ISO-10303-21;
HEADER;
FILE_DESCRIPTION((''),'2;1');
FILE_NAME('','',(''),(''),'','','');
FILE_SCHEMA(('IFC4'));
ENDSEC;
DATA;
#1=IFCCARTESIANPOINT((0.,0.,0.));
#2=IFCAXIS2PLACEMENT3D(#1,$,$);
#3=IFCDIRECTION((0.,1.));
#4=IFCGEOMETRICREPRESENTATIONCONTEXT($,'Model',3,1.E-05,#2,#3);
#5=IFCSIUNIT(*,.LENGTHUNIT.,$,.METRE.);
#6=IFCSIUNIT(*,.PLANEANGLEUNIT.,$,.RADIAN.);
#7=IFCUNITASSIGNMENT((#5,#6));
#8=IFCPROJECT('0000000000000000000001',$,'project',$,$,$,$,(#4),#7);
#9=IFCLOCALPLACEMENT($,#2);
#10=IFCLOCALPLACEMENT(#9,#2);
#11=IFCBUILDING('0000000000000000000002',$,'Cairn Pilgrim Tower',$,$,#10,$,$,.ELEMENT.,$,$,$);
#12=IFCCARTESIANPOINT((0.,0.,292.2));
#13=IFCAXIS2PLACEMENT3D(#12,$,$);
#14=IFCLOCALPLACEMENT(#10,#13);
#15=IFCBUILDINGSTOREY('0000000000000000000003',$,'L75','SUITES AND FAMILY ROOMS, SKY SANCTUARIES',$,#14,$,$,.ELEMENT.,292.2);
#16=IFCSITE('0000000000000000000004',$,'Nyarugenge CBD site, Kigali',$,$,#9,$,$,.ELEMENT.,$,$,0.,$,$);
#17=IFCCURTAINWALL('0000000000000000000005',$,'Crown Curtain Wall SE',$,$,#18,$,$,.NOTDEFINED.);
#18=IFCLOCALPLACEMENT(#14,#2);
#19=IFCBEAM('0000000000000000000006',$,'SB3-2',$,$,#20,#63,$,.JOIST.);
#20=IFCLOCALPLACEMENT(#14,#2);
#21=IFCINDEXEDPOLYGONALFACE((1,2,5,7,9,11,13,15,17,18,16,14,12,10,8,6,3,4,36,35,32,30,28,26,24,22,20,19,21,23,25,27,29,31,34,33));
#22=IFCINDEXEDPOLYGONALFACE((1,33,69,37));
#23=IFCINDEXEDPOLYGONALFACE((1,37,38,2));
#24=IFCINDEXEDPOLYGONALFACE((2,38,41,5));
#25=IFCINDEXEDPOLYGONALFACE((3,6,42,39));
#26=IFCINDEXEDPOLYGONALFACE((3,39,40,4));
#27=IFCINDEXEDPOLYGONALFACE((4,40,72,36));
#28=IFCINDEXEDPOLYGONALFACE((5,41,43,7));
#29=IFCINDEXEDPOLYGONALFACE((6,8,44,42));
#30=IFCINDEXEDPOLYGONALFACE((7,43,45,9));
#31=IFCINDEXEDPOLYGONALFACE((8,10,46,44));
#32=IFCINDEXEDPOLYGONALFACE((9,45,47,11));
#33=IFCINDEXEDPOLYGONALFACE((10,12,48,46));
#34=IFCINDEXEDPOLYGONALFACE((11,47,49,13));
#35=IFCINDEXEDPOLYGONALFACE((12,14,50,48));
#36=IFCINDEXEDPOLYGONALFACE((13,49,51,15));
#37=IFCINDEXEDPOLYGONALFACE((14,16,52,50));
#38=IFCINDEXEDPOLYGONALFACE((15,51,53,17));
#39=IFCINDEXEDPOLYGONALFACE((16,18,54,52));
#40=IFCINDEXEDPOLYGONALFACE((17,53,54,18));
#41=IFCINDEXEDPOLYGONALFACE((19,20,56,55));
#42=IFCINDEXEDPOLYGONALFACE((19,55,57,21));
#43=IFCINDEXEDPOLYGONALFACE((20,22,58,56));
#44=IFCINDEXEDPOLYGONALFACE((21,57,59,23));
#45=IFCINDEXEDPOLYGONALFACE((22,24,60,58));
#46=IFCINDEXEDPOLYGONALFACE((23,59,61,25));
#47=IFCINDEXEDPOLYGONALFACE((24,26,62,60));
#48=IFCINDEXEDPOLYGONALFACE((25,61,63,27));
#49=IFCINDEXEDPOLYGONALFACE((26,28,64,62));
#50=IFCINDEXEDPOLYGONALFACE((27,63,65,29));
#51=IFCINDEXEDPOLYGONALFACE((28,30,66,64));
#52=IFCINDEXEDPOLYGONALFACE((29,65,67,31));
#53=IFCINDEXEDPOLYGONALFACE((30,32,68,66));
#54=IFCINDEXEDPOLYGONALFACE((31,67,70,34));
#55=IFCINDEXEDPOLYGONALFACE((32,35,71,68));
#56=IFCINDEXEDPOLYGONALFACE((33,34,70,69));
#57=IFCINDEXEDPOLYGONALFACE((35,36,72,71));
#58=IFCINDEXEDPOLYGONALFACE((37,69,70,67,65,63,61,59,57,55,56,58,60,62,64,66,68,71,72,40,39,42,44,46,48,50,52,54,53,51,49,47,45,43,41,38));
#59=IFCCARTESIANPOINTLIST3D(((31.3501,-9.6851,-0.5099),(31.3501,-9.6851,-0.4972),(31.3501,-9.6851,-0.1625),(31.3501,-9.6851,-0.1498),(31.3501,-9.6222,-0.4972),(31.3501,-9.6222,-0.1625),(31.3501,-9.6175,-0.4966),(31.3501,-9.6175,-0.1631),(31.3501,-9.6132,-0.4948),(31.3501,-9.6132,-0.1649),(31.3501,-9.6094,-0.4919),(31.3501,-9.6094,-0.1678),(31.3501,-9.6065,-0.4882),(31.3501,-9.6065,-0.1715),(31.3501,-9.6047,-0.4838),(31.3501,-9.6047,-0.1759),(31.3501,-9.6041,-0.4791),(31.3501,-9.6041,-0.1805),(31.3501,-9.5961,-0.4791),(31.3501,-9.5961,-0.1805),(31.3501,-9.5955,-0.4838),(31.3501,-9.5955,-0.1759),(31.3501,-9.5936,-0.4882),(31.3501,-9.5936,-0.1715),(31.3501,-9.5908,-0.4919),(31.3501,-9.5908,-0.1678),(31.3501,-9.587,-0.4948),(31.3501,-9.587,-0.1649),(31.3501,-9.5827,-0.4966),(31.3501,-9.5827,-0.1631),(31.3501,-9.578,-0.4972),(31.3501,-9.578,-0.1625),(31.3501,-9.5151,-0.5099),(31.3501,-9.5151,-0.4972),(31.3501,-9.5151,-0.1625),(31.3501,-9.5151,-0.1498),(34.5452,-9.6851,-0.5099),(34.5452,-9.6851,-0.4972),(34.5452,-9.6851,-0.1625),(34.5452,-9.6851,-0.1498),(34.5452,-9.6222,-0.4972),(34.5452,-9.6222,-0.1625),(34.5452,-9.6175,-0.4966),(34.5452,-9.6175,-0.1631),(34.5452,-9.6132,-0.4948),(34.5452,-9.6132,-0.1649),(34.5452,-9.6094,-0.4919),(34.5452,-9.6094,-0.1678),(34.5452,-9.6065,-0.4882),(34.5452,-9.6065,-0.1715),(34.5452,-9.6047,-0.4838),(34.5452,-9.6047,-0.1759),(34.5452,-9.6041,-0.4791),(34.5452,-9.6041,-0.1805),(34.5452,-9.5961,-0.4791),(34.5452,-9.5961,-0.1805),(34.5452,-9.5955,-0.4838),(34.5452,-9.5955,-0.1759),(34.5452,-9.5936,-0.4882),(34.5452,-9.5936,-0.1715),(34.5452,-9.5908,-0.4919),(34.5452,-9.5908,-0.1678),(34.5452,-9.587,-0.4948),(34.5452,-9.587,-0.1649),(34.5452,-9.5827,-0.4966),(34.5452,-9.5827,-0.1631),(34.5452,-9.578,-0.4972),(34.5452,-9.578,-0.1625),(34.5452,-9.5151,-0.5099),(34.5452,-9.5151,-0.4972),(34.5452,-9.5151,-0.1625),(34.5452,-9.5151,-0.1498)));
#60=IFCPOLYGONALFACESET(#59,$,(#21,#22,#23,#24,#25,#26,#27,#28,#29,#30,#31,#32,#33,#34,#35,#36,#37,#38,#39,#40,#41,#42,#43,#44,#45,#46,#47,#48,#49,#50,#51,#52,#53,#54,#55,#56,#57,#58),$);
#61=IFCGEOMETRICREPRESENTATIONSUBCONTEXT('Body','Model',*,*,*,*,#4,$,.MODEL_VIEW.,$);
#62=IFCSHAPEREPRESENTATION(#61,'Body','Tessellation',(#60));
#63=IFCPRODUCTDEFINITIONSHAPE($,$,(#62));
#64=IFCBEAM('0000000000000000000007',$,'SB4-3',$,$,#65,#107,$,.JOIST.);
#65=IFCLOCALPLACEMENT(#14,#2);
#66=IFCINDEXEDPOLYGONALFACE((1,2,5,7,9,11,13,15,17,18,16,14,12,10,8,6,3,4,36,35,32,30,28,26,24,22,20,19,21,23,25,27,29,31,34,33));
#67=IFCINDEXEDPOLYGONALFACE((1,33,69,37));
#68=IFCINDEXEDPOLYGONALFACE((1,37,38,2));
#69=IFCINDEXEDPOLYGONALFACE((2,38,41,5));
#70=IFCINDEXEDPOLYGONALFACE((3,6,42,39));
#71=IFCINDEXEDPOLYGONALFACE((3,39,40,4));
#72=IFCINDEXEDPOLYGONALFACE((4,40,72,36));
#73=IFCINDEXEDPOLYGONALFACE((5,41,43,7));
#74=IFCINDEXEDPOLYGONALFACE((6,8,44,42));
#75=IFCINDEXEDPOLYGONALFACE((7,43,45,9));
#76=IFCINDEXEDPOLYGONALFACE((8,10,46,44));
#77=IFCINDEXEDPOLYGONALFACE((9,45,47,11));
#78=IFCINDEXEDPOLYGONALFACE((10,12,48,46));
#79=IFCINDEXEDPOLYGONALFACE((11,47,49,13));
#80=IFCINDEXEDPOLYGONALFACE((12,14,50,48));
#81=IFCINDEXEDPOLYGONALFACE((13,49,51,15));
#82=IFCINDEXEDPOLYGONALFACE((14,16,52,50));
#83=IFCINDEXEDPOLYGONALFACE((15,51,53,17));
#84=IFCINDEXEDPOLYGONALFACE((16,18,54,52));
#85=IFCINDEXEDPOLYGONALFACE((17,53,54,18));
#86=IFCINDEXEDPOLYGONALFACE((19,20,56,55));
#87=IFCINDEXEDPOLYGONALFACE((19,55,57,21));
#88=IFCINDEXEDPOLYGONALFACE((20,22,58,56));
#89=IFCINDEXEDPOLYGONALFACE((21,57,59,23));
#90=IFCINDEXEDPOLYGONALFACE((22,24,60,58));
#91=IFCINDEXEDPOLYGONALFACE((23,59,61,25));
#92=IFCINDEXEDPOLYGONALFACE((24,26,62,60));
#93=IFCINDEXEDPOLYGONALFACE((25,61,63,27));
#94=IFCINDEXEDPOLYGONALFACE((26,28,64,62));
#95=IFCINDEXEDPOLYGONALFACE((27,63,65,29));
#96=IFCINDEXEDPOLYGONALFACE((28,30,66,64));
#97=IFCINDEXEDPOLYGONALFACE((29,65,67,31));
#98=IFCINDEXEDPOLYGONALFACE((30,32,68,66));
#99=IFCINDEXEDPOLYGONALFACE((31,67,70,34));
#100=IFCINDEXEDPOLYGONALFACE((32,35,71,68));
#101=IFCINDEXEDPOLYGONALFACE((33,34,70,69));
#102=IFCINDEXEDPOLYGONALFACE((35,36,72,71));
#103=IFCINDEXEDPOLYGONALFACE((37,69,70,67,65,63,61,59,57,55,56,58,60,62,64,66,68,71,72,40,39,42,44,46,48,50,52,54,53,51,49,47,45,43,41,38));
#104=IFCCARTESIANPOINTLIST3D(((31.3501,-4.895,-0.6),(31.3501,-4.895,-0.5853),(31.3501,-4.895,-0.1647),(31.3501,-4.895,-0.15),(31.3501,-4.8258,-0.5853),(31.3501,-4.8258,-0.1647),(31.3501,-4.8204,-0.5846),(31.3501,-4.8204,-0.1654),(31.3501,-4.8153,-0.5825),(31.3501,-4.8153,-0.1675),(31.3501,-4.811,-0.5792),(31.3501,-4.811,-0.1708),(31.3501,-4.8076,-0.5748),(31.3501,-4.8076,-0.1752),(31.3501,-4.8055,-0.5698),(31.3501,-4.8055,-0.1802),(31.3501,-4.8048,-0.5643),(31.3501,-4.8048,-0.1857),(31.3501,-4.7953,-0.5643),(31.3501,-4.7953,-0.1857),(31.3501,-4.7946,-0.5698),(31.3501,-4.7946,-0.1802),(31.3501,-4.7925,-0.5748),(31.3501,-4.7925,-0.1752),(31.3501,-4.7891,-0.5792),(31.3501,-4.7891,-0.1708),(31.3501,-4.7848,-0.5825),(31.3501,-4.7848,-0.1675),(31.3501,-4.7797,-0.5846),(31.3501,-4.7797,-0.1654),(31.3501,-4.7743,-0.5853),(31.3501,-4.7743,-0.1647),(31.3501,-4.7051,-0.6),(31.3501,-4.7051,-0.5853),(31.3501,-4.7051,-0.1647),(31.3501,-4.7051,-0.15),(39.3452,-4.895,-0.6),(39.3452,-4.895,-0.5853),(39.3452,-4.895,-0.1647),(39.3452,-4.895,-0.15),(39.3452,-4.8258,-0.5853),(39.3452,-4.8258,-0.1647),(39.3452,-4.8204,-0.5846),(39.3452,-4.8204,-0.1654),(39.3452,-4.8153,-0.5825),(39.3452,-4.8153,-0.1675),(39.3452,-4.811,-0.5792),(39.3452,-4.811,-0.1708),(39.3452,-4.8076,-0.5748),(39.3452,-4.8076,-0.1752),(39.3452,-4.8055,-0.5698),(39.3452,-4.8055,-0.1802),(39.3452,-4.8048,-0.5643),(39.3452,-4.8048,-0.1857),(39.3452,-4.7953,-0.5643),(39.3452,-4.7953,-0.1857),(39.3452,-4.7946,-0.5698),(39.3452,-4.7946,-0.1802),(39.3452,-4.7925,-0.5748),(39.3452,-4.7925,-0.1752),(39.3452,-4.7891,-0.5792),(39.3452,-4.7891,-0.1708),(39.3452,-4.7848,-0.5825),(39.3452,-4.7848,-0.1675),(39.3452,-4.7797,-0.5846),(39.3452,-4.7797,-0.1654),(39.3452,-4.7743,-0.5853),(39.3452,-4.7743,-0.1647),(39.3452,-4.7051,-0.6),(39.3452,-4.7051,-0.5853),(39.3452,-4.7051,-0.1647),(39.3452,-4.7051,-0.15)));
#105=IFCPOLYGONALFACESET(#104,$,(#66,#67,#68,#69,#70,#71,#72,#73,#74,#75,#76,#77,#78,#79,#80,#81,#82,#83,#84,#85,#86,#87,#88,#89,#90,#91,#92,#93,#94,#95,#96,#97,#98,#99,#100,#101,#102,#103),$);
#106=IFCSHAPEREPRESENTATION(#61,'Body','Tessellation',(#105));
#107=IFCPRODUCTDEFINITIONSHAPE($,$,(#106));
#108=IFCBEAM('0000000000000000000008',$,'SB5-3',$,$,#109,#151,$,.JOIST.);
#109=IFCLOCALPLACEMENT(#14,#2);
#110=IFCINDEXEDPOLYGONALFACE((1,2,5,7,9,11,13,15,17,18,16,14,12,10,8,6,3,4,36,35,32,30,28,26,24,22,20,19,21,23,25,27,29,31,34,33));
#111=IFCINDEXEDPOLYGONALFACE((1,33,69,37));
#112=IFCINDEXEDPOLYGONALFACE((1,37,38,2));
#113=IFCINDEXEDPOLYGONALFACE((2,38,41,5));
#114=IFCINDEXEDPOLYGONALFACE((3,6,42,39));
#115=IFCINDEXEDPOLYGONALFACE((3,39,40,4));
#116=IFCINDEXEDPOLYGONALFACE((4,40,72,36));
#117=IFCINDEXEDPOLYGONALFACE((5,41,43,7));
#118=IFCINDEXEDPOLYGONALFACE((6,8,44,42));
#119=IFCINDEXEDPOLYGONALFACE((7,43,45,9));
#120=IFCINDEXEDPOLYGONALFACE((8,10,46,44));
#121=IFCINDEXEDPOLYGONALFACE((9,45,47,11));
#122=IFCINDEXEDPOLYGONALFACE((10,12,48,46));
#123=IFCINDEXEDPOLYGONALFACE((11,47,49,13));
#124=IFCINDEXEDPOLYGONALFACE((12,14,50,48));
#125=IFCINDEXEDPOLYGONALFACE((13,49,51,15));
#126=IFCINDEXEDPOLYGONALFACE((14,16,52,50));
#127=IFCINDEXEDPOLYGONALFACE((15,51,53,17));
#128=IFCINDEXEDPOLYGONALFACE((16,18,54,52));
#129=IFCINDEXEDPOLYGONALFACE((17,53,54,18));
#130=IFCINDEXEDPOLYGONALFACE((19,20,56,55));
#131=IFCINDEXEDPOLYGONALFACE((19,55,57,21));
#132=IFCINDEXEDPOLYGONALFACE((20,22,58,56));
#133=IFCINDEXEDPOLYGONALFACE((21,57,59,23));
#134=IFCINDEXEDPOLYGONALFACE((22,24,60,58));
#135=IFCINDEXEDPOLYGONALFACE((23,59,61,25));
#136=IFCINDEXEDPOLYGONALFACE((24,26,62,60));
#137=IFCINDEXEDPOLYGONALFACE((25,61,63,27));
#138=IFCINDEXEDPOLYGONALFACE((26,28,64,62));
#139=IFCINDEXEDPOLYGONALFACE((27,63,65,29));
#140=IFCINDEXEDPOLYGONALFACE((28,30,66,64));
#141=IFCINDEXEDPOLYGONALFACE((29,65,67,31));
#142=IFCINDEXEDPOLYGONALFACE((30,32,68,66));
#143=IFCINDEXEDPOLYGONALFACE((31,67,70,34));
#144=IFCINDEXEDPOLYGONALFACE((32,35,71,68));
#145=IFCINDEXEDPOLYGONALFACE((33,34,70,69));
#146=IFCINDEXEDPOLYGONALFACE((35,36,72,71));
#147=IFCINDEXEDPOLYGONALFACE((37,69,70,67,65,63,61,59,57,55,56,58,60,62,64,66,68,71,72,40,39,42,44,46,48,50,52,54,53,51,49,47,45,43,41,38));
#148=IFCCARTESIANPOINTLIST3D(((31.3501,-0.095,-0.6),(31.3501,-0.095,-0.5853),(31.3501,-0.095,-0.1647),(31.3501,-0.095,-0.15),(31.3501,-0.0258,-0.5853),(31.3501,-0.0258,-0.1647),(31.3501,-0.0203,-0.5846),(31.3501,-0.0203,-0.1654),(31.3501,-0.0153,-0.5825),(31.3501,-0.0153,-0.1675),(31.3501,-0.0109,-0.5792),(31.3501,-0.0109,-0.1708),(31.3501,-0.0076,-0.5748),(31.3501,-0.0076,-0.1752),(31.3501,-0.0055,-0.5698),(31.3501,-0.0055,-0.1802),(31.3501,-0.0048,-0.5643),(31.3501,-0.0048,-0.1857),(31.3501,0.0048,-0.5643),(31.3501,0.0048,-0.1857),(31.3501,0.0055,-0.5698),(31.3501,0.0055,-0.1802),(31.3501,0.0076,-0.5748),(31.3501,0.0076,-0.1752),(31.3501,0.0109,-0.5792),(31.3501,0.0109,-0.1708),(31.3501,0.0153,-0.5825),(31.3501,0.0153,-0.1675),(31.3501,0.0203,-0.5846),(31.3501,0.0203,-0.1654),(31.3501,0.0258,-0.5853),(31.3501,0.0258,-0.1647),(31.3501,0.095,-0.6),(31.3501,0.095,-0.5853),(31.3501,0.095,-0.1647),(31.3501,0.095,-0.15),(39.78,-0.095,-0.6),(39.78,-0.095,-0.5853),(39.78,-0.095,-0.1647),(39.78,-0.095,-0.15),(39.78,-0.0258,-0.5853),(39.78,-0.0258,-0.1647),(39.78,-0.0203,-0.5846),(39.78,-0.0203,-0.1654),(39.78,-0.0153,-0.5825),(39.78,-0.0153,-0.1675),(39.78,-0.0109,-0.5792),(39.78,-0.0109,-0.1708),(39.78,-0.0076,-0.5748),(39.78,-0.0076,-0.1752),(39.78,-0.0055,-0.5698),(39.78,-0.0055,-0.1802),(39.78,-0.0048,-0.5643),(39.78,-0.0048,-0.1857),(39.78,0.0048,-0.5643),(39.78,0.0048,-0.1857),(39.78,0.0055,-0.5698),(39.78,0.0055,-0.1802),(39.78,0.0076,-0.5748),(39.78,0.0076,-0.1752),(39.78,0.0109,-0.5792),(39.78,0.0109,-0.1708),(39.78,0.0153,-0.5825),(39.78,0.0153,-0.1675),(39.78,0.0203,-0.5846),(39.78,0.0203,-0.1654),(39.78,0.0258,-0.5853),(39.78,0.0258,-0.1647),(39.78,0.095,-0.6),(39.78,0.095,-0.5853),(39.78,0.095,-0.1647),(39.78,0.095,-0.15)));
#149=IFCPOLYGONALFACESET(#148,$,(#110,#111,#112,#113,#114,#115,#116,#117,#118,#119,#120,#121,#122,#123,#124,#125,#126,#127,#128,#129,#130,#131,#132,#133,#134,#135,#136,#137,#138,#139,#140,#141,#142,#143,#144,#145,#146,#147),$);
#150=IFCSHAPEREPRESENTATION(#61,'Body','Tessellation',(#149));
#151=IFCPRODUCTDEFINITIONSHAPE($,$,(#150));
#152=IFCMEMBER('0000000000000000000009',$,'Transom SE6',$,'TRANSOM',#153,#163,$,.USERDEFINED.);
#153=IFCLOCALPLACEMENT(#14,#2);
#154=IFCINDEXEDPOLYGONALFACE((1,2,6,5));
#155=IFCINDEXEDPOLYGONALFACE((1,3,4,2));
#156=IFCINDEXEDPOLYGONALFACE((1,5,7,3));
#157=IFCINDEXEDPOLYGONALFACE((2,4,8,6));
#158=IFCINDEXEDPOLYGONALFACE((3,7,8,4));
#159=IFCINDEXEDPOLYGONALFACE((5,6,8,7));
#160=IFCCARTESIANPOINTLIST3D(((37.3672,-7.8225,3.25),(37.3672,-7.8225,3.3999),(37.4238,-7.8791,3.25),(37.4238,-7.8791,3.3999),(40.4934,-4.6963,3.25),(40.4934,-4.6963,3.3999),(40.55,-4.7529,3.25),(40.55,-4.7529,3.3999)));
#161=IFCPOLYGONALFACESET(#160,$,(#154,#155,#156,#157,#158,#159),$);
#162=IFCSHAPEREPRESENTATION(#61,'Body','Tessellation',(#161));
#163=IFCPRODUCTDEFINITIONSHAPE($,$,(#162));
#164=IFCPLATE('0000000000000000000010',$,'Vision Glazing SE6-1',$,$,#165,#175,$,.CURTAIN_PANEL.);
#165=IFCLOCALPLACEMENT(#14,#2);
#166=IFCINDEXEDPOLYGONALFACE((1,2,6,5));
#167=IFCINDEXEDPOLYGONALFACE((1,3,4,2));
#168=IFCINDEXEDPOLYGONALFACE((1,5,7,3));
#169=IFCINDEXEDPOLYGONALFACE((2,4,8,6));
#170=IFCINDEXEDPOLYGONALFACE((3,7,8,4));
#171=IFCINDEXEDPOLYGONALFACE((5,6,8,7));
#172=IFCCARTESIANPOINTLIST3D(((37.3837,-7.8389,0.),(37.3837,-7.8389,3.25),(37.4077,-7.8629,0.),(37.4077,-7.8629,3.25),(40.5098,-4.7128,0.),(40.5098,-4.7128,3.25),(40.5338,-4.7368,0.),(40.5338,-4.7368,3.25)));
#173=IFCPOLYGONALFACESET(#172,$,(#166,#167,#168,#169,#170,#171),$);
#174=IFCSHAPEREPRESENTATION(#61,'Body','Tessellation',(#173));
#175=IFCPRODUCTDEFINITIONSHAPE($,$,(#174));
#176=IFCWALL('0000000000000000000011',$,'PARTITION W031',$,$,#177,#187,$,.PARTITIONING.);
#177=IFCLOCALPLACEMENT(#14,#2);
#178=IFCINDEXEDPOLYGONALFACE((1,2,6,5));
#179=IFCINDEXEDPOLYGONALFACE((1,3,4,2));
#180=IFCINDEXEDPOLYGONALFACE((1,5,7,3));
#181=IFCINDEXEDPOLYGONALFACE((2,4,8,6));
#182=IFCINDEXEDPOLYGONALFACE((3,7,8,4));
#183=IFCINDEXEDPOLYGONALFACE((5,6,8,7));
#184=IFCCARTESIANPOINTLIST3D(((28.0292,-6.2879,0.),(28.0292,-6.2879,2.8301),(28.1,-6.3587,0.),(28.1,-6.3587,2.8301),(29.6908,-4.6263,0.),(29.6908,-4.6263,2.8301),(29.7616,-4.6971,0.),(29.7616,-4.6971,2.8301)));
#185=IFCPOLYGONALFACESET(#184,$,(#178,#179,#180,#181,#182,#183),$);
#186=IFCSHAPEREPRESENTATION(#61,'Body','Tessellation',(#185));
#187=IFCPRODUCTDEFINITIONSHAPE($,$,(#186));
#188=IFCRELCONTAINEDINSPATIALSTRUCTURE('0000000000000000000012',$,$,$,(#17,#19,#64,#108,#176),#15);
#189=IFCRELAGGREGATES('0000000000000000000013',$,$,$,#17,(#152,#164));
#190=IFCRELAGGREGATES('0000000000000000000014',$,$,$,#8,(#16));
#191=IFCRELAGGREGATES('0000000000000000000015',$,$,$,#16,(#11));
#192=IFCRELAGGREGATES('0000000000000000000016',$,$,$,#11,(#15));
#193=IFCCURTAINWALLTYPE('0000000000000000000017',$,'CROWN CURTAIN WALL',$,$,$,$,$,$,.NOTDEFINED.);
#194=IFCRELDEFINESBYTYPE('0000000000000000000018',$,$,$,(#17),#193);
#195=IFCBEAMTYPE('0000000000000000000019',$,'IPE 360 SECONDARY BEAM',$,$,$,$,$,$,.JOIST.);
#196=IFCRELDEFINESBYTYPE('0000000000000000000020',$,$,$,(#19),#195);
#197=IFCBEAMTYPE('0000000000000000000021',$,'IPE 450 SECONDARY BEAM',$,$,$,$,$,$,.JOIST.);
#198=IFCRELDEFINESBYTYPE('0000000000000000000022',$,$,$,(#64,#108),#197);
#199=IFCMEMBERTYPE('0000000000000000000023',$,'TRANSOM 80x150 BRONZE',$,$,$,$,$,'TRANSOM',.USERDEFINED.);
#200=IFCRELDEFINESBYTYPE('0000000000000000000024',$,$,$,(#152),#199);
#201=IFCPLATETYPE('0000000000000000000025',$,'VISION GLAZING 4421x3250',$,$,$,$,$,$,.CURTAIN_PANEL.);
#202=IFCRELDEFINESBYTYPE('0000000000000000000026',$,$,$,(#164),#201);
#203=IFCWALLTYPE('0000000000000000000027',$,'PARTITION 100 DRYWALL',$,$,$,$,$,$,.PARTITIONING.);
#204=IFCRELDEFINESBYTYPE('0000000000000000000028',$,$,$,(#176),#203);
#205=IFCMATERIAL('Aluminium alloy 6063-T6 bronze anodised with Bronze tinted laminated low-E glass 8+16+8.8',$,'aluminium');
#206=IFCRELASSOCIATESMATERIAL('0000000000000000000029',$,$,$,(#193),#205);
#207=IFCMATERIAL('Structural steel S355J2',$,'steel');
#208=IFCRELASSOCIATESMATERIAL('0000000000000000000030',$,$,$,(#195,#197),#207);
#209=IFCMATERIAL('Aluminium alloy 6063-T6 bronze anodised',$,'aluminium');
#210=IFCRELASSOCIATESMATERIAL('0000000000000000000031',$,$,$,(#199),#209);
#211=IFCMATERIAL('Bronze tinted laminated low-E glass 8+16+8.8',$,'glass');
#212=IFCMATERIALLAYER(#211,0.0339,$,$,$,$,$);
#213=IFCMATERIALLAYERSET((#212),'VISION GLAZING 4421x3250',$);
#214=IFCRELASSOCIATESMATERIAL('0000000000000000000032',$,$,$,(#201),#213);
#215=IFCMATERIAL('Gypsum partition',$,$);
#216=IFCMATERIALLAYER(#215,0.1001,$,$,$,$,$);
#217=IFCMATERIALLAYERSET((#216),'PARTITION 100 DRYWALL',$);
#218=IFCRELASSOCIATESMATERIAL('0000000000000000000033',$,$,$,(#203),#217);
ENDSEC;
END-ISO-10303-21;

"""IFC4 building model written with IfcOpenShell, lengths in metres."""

from ifc_helpers import new_model, si_unit, direction, frame, frame_2d, origin, origin_2d, place, context, subcontext, project, spatial, rectangle, i_section, extrude, material, layer, layer_set, material_profile, profile_set, type_object, element, aggregate, save


model = new_model("IFC4")

# Units and contexts
model_context = context("Model", 3, precision=1e-05, world=origin(), true_north=direction((0.0, 1.0)))
body_context = subcontext(model_context, "Body", "Model", "MODEL_VIEW")
ifc_project = project(units=[si_unit("LENGTHUNIT", "METRE"), si_unit("PLANEANGLEUNIT", "RADIAN")], contexts=[model_context])

# Site, building, storey
site_placement = place(None, origin())
site = spatial("IfcSite", under=ifc_project, at=site_placement, Name="Nyarugenge CBD site, Kigali", CompositionType="ELEMENT", RefElevation=0.0)
building_placement = place(site_placement, origin())
building = spatial("IfcBuilding", under=site, at=building_placement, Name="Cairn Pilgrim Tower", CompositionType="ELEMENT")
storey_placement = place(building_placement, frame((0.0, 0.0, 292.2)))
storey = spatial("IfcBuildingStorey", under=building, at=storey_placement, Name="L75", Description="SUITES AND FAMILY ROOMS, SKY SANCTUARIES", CompositionType="ELEMENT", Elevation=292.2)

# Shared definitions
ifc_material_1 = material(Name="Structural steel S355J2", Category="steel")

# Curtain wall
ifc_material_2 = material(Name="Aluminium alloy 6063-T6 bronze anodised with Bronze tinted laminated low-E glass 8+16+8.8", Category="aluminium")
curtain_wall_type = type_object("IfcCurtainWallType", Name="CROWN CURTAIN WALL", PredefinedType="NOTDEFINED", material=ifc_material_2)
curtain_wall_1_placement = place(storey_placement, origin())
curtain_wall_1 = element("IfcCurtainWall", 1, at=curtain_wall_1_placement, inside=storey, type_object=curtain_wall_type, Name="Crown Curtain Wall SE", PredefinedType="NOTDEFINED")
ifc_material_3 = material(Name="Aluminium alloy 6063-T6 bronze anodised", Category="aluminium")

# Beams
ifc_material_profile_1 = material_profile(ifc_material_1, i_section(OverallWidth=0.1699, OverallDepth=0.3601, WebThickness=0.0081, FlangeThickness=0.0127, FilletRadius=0.0181, at=origin_2d()), Name="IPE 360")
ifc_profile_set_1 = profile_set([ifc_material_profile_1], Name="Structural steel S355J2")
beam_type_1 = type_object("IfcBeamType", Name="IPE 360 SECONDARY BEAM", PredefinedType="JOIST", material=ifc_profile_set_1)
beam_1_placement = place(storey_placement, frame((31.3501, -9.6001, -0.3298), z_axis=(1.0, 0.0, 0.0), x_axis=(0.0, 1.0, 0.0)))
element("IfcBeam", 2, at=beam_1_placement, inside=storey, type_object=beam_type_1, Name="SB3-2", PredefinedType="JOIST", context=body_context, shape_type="SweptSolid", body=[
    extrude(i_section(OverallWidth=0.1699, OverallDepth=0.3601, WebThickness=0.0081, FlangeThickness=0.0127, FilletRadius=0.0181, at=origin_2d()), origin(), (0.0, 0.0, 1.0), 3.1951),
])
ifc_material_profile_2 = material_profile(ifc_material_1, i_section(OverallWidth=0.1899, OverallDepth=0.45, WebThickness=0.0095, FlangeThickness=0.0146, FilletRadius=0.021, at=origin_2d()), Name="IPE 450")
ifc_profile_set_2 = profile_set([ifc_material_profile_2], Name="Structural steel S355J2")
beam_type_2 = type_object("IfcBeamType", Name="IPE 450 SECONDARY BEAM", PredefinedType="JOIST", material=ifc_profile_set_2)
beam_2_placement = place(storey_placement, frame((31.3501, -4.8, -0.375), z_axis=(1.0, 0.0, 0.0), x_axis=(0.0, 1.0, 0.0)))
element("IfcBeam", 3, at=beam_2_placement, inside=storey, type_object=beam_type_2, Name="SB4-3", PredefinedType="JOIST", context=body_context, shape_type="SweptSolid", body=[
    extrude(i_section(OverallWidth=0.1899, OverallDepth=0.45, WebThickness=0.0095, FlangeThickness=0.0146, FilletRadius=0.021, at=origin_2d()), origin(), (0.0, 0.0, 1.0), 7.9951),
])
beam_3_placement = place(storey_placement, frame((31.3501, 0.0, -0.375), z_axis=(1.0, 0.0, 0.0), x_axis=(0.0, 1.0, 0.0)))
element("IfcBeam", 4, at=beam_3_placement, inside=storey, type_object=beam_type_2, Name="SB5-3", PredefinedType="JOIST", context=body_context, shape_type="SweptSolid", body=[
    extrude(i_section(OverallWidth=0.1899, OverallDepth=0.45, WebThickness=0.0095, FlangeThickness=0.0146, FilletRadius=0.021, at=origin_2d()), origin(), (0.0, 0.0, 1.0), 8.4299),
])

# Member
ifc_material_profile_3 = material_profile(ifc_material_3, rectangle(XDim=0.0801, YDim=0.1499, at=origin_2d()), Name="TRANSOM 80x150 BRONZE")
ifc_profile_set_3 = profile_set([ifc_material_profile_3], Name="Aluminium alloy 6063-T6 bronze anodised")
member_type_1 = type_object("IfcMemberType", Name="TRANSOM 80x150 BRONZE", ElementType="TRANSOM", PredefinedType="USERDEFINED", material=ifc_profile_set_3)
member_1_placement = place(storey_placement, frame((37.3955, -7.8508, 3.325), z_axis=(0.707107, 0.707107, 0.0), x_axis=(-0.707107, 0.707107, 0.0)))
member_1 = element("IfcMember", 5, at=member_1_placement, type_object=member_type_1, Name="Transom SE6", ObjectType="TRANSOM", PredefinedType="USERDEFINED", context=body_context, shape_type="SweptSolid", body=[
    extrude(rectangle(XDim=0.0801, YDim=0.1499, at=origin_2d()), origin(), (0.0, 0.0, 1.0), 4.4211),
])

# Plate
ifc_material_4 = material(Name="Bronze tinted laminated low-E glass 8+16+8.8", Category="glass")
ifc_layer_1 = layer(ifc_material_4, 0.0339)
ifc_layer_set_1 = layer_set([ifc_layer_1], Name="VISION GLAZING 4421x3250")
plate_type = type_object("IfcPlateType", Name="VISION GLAZING 4421x3250", PredefinedType="CURTAIN_PANEL", material=ifc_layer_set_1)
plate_placement = place(storey_placement, frame((38.9587, -6.2878, 0.0), z_axis=(0.0, 0.0, 1.0), x_axis=(0.707107, 0.707107, 0.0)))
plate = element("IfcPlate", 6, at=plate_placement, type_object=plate_type, Name="Vision Glazing SE6-1", PredefinedType="CURTAIN_PANEL", context=body_context, shape_type="SweptSolid", body=[
    extrude(rectangle(XDim=4.4209, YDim=0.0339, at=origin_2d()), origin(), (0.0, 0.0, 1.0), 3.25),
])
aggregate(curtain_wall_1, [member_1, plate])

# Wall
ifc_material_5 = material(Name="Gypsum partition")
ifc_layer_2 = layer(ifc_material_5, 0.1001)
ifc_layer_set_2 = layer_set([ifc_layer_2], Name="PARTITION 100 DRYWALL")
wall_type_1 = type_object("IfcWallType", Name="PARTITION 100 DRYWALL", PredefinedType="PARTITIONING", material=ifc_layer_set_2)
wall_1_placement = place(storey_placement, frame((28.0647, -6.3232, 0.0), z_axis=(0.0, 0.0, 1.0), x_axis=(0.707107, 0.707107, 0.0)))
element("IfcWall", 7, at=wall_1_placement, inside=storey, type_object=wall_type_1, Name="PARTITION W031", PredefinedType="PARTITIONING", context=body_context, shape_type="SweptSolid", body=[
    extrude(rectangle(XDim=2.3499, YDim=0.1001, at=frame_2d((1.1748, 0.0))), origin(), (0.0, 0.0, 1.0), 2.8301),
])

save(model, "model.ifc")
